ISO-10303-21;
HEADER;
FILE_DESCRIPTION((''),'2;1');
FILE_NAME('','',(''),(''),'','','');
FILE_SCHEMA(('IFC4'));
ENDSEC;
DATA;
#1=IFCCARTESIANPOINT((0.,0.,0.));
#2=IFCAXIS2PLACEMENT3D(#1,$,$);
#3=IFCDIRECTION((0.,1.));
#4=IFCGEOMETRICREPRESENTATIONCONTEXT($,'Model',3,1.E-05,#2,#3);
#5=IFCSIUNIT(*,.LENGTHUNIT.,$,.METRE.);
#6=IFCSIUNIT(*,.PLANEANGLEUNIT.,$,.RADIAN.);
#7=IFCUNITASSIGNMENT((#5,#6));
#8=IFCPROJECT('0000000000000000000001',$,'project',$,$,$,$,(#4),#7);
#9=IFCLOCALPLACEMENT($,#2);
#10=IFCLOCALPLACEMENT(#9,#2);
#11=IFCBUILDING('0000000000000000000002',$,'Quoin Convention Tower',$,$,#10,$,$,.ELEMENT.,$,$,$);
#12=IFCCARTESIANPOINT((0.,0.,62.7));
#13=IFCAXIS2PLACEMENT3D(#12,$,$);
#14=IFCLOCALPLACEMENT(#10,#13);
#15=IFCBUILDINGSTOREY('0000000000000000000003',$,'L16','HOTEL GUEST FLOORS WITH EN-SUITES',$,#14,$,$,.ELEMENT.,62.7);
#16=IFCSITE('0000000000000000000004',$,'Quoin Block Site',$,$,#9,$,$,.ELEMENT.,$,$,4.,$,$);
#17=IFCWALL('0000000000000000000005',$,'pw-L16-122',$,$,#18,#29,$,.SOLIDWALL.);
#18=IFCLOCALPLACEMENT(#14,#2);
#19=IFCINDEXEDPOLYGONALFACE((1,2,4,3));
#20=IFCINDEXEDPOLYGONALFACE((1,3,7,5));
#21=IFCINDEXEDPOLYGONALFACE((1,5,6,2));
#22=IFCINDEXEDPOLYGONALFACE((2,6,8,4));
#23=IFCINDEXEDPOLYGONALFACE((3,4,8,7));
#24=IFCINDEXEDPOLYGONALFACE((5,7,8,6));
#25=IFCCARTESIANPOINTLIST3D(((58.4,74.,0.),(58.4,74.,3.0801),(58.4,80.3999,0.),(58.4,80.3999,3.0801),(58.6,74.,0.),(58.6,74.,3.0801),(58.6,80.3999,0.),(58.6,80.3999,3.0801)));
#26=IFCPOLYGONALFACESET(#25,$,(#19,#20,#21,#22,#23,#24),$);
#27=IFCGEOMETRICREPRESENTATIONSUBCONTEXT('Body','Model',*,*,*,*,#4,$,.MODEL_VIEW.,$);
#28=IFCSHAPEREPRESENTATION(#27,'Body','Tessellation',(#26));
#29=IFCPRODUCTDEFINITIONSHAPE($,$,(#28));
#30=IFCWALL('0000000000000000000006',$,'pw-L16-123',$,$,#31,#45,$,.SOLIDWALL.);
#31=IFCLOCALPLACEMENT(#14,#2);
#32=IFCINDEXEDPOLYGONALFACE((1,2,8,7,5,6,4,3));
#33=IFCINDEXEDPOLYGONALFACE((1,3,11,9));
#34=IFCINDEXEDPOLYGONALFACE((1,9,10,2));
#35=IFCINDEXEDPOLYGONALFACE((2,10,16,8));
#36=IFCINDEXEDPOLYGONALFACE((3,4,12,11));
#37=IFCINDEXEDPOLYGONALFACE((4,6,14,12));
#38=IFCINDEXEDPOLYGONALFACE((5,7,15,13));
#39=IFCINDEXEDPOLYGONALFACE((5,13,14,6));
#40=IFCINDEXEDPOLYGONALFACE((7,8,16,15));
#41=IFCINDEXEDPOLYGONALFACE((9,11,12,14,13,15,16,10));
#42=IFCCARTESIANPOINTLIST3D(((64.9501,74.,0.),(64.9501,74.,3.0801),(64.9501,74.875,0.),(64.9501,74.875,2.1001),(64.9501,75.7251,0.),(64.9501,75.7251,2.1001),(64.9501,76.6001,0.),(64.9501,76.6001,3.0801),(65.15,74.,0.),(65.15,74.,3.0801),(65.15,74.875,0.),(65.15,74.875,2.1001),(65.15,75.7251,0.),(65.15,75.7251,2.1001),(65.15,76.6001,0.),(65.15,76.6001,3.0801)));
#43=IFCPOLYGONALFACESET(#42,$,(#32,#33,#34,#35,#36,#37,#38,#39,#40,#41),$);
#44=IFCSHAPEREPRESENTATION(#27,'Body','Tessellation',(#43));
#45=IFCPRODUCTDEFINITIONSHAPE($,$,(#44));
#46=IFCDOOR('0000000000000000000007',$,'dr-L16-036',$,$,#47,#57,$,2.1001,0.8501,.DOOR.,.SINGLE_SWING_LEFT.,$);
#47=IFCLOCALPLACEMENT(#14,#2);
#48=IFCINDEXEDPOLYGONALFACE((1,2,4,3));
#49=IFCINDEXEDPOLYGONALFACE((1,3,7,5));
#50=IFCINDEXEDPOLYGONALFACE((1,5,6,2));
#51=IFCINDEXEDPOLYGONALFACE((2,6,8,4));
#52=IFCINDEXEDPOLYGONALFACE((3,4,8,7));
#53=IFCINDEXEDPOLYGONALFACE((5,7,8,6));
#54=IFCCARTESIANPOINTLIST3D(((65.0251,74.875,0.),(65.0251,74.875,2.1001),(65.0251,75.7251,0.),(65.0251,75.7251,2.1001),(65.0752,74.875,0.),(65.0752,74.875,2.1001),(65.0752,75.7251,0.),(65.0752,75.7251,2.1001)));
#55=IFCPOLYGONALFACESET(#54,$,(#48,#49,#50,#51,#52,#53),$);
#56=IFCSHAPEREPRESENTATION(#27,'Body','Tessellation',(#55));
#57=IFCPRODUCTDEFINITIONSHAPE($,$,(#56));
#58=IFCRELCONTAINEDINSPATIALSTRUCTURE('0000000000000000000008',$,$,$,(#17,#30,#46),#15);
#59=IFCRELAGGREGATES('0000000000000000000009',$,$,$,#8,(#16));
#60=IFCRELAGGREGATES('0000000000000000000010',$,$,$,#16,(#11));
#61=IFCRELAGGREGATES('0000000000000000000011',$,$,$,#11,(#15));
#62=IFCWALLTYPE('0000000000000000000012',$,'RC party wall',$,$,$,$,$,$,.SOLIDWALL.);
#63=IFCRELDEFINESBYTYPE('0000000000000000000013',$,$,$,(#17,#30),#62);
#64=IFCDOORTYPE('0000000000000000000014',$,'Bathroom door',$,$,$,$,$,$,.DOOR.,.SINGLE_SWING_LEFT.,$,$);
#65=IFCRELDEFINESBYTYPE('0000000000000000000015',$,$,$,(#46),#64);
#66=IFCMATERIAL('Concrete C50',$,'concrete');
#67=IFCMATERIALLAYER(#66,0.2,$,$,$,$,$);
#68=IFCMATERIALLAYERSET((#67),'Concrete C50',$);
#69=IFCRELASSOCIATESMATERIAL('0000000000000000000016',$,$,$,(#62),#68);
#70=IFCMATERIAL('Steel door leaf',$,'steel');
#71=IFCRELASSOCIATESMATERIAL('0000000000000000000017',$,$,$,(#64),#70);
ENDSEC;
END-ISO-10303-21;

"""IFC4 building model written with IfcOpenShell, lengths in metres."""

from ifc_helpers import new_model, si_unit, direction, frame, frame_2d, origin, place, context, subcontext, project, spatial, rectangle, extrude, material, layer, layer_set, type_object, element, fill, save


model = new_model("IFC4")

# Units and contexts
model_context = context("Model", 3, precision=1e-05, world=origin(), true_north=direction((0.0, 1.0)))
body_context = subcontext(model_context, "Body", "Model", "MODEL_VIEW")
ifc_project = project(units=[si_unit("LENGTHUNIT", "METRE"), si_unit("PLANEANGLEUNIT", "RADIAN")], contexts=[model_context])

# Site, building, storey
site_placement = place(None, origin())
site = spatial("IfcSite", under=ifc_project, at=site_placement, Name="Quoin Block Site", CompositionType="ELEMENT", RefElevation=4.0)
building_placement = place(site_placement, origin())
building = spatial("IfcBuilding", under=site, at=building_placement, Name="Quoin Convention Tower", CompositionType="ELEMENT")
storey_placement = place(building_placement, frame((0.0, 0.0, 62.7)))
storey = spatial("IfcBuildingStorey", under=building, at=storey_placement, Name="L16", Description="HOTEL GUEST FLOORS WITH EN-SUITES", CompositionType="ELEMENT", Elevation=62.7)

# Shared definitions
ifc_material_1 = material(Name="Steel door leaf", Category="steel")

# Wall
ifc_material_2 = material(Name="Concrete C50", Category="concrete")
ifc_layer_1 = layer(ifc_material_2, 0.2)
ifc_layer_set_1 = layer_set([ifc_layer_1], Name="Concrete C50")
wall_type_1 = type_object("IfcWallType", Name="RC party wall", PredefinedType="SOLIDWALL", material=ifc_layer_set_1)
wall_1_placement = place(storey_placement, frame((58.5, 74.0, 0.0), z_axis=(0.0, 0.0, 1.0), x_axis=(0.0, 1.0, 0.0)))
element("IfcWall", 1, at=wall_1_placement, inside=storey, type_object=wall_type_1, Name="pw-L16-122", PredefinedType="SOLIDWALL", context=body_context, shape_type="SweptSolid", body=[
    extrude(rectangle(XDim=6.3999, YDim=0.2, at=frame_2d((3.2, 0.0))), origin(), (0.0, 0.0, 1.0), 3.0801),
])

# Wall, opening, door
wall_2_placement = place(storey_placement, frame((65.05, 74.0, 0.0), z_axis=(0.0, 0.0, 1.0), x_axis=(0.0, 1.0, 0.0)))
wall_2 = element("IfcWall", 2, at=wall_2_placement, inside=storey, type_object=wall_type_1, Name="pw-L16-123", PredefinedType="SOLIDWALL", context=body_context, shape_type="SweptSolid", body=[
    extrude(rectangle(XDim=2.6001, YDim=0.2, at=frame_2d((1.3, 0.0))), origin(), (0.0, 0.0, 1.0), 3.0801),
])
opening_1_placement = place(wall_2_placement, frame((0.875, 0.0, 0.0)))
opening_1 = element("IfcOpeningElement", 3, at=opening_1_placement, cuts=wall_2, PredefinedType="OPENING", context=body_context, shape_type="SweptSolid", body=[
    extrude(rectangle(XDim=0.8501, YDim=2.1001, at=frame_2d((0.425, 1.05))), frame((0.0, 0.1099, 0.0), z_axis=(0.0, -1.0, 0.0), x_axis=(1.0, 0.0, 0.0)), (0.0, 0.0, 1.0), 0.22),
])
door_type_1 = type_object("IfcDoorType", Name="Bathroom door", OperationType="SINGLE_SWING_LEFT", PredefinedType="DOOR", material=ifc_material_1)
door_1_placement = place(opening_1_placement, origin())
door_1 = element("IfcDoor", 4, at=door_1_placement, inside=storey, type_object=door_type_1, Name="dr-L16-036", OperationType="SINGLE_SWING_LEFT", OverallHeight=2.1001, OverallWidth=0.8501, PredefinedType="DOOR", context=body_context, shape_type="SweptSolid", body=[
    extrude(rectangle(XDim=0.8501, YDim=2.1001, at=frame_2d((0.425, 1.05))), frame((0.0, 0.0249, 0.0), z_axis=(0.0, -1.0, 0.0), x_axis=(1.0, 0.0, 0.0)), (0.0, 0.0, 1.0), 0.05),
])
fill(opening_1, door_1)

save(model, "model.ifc")
